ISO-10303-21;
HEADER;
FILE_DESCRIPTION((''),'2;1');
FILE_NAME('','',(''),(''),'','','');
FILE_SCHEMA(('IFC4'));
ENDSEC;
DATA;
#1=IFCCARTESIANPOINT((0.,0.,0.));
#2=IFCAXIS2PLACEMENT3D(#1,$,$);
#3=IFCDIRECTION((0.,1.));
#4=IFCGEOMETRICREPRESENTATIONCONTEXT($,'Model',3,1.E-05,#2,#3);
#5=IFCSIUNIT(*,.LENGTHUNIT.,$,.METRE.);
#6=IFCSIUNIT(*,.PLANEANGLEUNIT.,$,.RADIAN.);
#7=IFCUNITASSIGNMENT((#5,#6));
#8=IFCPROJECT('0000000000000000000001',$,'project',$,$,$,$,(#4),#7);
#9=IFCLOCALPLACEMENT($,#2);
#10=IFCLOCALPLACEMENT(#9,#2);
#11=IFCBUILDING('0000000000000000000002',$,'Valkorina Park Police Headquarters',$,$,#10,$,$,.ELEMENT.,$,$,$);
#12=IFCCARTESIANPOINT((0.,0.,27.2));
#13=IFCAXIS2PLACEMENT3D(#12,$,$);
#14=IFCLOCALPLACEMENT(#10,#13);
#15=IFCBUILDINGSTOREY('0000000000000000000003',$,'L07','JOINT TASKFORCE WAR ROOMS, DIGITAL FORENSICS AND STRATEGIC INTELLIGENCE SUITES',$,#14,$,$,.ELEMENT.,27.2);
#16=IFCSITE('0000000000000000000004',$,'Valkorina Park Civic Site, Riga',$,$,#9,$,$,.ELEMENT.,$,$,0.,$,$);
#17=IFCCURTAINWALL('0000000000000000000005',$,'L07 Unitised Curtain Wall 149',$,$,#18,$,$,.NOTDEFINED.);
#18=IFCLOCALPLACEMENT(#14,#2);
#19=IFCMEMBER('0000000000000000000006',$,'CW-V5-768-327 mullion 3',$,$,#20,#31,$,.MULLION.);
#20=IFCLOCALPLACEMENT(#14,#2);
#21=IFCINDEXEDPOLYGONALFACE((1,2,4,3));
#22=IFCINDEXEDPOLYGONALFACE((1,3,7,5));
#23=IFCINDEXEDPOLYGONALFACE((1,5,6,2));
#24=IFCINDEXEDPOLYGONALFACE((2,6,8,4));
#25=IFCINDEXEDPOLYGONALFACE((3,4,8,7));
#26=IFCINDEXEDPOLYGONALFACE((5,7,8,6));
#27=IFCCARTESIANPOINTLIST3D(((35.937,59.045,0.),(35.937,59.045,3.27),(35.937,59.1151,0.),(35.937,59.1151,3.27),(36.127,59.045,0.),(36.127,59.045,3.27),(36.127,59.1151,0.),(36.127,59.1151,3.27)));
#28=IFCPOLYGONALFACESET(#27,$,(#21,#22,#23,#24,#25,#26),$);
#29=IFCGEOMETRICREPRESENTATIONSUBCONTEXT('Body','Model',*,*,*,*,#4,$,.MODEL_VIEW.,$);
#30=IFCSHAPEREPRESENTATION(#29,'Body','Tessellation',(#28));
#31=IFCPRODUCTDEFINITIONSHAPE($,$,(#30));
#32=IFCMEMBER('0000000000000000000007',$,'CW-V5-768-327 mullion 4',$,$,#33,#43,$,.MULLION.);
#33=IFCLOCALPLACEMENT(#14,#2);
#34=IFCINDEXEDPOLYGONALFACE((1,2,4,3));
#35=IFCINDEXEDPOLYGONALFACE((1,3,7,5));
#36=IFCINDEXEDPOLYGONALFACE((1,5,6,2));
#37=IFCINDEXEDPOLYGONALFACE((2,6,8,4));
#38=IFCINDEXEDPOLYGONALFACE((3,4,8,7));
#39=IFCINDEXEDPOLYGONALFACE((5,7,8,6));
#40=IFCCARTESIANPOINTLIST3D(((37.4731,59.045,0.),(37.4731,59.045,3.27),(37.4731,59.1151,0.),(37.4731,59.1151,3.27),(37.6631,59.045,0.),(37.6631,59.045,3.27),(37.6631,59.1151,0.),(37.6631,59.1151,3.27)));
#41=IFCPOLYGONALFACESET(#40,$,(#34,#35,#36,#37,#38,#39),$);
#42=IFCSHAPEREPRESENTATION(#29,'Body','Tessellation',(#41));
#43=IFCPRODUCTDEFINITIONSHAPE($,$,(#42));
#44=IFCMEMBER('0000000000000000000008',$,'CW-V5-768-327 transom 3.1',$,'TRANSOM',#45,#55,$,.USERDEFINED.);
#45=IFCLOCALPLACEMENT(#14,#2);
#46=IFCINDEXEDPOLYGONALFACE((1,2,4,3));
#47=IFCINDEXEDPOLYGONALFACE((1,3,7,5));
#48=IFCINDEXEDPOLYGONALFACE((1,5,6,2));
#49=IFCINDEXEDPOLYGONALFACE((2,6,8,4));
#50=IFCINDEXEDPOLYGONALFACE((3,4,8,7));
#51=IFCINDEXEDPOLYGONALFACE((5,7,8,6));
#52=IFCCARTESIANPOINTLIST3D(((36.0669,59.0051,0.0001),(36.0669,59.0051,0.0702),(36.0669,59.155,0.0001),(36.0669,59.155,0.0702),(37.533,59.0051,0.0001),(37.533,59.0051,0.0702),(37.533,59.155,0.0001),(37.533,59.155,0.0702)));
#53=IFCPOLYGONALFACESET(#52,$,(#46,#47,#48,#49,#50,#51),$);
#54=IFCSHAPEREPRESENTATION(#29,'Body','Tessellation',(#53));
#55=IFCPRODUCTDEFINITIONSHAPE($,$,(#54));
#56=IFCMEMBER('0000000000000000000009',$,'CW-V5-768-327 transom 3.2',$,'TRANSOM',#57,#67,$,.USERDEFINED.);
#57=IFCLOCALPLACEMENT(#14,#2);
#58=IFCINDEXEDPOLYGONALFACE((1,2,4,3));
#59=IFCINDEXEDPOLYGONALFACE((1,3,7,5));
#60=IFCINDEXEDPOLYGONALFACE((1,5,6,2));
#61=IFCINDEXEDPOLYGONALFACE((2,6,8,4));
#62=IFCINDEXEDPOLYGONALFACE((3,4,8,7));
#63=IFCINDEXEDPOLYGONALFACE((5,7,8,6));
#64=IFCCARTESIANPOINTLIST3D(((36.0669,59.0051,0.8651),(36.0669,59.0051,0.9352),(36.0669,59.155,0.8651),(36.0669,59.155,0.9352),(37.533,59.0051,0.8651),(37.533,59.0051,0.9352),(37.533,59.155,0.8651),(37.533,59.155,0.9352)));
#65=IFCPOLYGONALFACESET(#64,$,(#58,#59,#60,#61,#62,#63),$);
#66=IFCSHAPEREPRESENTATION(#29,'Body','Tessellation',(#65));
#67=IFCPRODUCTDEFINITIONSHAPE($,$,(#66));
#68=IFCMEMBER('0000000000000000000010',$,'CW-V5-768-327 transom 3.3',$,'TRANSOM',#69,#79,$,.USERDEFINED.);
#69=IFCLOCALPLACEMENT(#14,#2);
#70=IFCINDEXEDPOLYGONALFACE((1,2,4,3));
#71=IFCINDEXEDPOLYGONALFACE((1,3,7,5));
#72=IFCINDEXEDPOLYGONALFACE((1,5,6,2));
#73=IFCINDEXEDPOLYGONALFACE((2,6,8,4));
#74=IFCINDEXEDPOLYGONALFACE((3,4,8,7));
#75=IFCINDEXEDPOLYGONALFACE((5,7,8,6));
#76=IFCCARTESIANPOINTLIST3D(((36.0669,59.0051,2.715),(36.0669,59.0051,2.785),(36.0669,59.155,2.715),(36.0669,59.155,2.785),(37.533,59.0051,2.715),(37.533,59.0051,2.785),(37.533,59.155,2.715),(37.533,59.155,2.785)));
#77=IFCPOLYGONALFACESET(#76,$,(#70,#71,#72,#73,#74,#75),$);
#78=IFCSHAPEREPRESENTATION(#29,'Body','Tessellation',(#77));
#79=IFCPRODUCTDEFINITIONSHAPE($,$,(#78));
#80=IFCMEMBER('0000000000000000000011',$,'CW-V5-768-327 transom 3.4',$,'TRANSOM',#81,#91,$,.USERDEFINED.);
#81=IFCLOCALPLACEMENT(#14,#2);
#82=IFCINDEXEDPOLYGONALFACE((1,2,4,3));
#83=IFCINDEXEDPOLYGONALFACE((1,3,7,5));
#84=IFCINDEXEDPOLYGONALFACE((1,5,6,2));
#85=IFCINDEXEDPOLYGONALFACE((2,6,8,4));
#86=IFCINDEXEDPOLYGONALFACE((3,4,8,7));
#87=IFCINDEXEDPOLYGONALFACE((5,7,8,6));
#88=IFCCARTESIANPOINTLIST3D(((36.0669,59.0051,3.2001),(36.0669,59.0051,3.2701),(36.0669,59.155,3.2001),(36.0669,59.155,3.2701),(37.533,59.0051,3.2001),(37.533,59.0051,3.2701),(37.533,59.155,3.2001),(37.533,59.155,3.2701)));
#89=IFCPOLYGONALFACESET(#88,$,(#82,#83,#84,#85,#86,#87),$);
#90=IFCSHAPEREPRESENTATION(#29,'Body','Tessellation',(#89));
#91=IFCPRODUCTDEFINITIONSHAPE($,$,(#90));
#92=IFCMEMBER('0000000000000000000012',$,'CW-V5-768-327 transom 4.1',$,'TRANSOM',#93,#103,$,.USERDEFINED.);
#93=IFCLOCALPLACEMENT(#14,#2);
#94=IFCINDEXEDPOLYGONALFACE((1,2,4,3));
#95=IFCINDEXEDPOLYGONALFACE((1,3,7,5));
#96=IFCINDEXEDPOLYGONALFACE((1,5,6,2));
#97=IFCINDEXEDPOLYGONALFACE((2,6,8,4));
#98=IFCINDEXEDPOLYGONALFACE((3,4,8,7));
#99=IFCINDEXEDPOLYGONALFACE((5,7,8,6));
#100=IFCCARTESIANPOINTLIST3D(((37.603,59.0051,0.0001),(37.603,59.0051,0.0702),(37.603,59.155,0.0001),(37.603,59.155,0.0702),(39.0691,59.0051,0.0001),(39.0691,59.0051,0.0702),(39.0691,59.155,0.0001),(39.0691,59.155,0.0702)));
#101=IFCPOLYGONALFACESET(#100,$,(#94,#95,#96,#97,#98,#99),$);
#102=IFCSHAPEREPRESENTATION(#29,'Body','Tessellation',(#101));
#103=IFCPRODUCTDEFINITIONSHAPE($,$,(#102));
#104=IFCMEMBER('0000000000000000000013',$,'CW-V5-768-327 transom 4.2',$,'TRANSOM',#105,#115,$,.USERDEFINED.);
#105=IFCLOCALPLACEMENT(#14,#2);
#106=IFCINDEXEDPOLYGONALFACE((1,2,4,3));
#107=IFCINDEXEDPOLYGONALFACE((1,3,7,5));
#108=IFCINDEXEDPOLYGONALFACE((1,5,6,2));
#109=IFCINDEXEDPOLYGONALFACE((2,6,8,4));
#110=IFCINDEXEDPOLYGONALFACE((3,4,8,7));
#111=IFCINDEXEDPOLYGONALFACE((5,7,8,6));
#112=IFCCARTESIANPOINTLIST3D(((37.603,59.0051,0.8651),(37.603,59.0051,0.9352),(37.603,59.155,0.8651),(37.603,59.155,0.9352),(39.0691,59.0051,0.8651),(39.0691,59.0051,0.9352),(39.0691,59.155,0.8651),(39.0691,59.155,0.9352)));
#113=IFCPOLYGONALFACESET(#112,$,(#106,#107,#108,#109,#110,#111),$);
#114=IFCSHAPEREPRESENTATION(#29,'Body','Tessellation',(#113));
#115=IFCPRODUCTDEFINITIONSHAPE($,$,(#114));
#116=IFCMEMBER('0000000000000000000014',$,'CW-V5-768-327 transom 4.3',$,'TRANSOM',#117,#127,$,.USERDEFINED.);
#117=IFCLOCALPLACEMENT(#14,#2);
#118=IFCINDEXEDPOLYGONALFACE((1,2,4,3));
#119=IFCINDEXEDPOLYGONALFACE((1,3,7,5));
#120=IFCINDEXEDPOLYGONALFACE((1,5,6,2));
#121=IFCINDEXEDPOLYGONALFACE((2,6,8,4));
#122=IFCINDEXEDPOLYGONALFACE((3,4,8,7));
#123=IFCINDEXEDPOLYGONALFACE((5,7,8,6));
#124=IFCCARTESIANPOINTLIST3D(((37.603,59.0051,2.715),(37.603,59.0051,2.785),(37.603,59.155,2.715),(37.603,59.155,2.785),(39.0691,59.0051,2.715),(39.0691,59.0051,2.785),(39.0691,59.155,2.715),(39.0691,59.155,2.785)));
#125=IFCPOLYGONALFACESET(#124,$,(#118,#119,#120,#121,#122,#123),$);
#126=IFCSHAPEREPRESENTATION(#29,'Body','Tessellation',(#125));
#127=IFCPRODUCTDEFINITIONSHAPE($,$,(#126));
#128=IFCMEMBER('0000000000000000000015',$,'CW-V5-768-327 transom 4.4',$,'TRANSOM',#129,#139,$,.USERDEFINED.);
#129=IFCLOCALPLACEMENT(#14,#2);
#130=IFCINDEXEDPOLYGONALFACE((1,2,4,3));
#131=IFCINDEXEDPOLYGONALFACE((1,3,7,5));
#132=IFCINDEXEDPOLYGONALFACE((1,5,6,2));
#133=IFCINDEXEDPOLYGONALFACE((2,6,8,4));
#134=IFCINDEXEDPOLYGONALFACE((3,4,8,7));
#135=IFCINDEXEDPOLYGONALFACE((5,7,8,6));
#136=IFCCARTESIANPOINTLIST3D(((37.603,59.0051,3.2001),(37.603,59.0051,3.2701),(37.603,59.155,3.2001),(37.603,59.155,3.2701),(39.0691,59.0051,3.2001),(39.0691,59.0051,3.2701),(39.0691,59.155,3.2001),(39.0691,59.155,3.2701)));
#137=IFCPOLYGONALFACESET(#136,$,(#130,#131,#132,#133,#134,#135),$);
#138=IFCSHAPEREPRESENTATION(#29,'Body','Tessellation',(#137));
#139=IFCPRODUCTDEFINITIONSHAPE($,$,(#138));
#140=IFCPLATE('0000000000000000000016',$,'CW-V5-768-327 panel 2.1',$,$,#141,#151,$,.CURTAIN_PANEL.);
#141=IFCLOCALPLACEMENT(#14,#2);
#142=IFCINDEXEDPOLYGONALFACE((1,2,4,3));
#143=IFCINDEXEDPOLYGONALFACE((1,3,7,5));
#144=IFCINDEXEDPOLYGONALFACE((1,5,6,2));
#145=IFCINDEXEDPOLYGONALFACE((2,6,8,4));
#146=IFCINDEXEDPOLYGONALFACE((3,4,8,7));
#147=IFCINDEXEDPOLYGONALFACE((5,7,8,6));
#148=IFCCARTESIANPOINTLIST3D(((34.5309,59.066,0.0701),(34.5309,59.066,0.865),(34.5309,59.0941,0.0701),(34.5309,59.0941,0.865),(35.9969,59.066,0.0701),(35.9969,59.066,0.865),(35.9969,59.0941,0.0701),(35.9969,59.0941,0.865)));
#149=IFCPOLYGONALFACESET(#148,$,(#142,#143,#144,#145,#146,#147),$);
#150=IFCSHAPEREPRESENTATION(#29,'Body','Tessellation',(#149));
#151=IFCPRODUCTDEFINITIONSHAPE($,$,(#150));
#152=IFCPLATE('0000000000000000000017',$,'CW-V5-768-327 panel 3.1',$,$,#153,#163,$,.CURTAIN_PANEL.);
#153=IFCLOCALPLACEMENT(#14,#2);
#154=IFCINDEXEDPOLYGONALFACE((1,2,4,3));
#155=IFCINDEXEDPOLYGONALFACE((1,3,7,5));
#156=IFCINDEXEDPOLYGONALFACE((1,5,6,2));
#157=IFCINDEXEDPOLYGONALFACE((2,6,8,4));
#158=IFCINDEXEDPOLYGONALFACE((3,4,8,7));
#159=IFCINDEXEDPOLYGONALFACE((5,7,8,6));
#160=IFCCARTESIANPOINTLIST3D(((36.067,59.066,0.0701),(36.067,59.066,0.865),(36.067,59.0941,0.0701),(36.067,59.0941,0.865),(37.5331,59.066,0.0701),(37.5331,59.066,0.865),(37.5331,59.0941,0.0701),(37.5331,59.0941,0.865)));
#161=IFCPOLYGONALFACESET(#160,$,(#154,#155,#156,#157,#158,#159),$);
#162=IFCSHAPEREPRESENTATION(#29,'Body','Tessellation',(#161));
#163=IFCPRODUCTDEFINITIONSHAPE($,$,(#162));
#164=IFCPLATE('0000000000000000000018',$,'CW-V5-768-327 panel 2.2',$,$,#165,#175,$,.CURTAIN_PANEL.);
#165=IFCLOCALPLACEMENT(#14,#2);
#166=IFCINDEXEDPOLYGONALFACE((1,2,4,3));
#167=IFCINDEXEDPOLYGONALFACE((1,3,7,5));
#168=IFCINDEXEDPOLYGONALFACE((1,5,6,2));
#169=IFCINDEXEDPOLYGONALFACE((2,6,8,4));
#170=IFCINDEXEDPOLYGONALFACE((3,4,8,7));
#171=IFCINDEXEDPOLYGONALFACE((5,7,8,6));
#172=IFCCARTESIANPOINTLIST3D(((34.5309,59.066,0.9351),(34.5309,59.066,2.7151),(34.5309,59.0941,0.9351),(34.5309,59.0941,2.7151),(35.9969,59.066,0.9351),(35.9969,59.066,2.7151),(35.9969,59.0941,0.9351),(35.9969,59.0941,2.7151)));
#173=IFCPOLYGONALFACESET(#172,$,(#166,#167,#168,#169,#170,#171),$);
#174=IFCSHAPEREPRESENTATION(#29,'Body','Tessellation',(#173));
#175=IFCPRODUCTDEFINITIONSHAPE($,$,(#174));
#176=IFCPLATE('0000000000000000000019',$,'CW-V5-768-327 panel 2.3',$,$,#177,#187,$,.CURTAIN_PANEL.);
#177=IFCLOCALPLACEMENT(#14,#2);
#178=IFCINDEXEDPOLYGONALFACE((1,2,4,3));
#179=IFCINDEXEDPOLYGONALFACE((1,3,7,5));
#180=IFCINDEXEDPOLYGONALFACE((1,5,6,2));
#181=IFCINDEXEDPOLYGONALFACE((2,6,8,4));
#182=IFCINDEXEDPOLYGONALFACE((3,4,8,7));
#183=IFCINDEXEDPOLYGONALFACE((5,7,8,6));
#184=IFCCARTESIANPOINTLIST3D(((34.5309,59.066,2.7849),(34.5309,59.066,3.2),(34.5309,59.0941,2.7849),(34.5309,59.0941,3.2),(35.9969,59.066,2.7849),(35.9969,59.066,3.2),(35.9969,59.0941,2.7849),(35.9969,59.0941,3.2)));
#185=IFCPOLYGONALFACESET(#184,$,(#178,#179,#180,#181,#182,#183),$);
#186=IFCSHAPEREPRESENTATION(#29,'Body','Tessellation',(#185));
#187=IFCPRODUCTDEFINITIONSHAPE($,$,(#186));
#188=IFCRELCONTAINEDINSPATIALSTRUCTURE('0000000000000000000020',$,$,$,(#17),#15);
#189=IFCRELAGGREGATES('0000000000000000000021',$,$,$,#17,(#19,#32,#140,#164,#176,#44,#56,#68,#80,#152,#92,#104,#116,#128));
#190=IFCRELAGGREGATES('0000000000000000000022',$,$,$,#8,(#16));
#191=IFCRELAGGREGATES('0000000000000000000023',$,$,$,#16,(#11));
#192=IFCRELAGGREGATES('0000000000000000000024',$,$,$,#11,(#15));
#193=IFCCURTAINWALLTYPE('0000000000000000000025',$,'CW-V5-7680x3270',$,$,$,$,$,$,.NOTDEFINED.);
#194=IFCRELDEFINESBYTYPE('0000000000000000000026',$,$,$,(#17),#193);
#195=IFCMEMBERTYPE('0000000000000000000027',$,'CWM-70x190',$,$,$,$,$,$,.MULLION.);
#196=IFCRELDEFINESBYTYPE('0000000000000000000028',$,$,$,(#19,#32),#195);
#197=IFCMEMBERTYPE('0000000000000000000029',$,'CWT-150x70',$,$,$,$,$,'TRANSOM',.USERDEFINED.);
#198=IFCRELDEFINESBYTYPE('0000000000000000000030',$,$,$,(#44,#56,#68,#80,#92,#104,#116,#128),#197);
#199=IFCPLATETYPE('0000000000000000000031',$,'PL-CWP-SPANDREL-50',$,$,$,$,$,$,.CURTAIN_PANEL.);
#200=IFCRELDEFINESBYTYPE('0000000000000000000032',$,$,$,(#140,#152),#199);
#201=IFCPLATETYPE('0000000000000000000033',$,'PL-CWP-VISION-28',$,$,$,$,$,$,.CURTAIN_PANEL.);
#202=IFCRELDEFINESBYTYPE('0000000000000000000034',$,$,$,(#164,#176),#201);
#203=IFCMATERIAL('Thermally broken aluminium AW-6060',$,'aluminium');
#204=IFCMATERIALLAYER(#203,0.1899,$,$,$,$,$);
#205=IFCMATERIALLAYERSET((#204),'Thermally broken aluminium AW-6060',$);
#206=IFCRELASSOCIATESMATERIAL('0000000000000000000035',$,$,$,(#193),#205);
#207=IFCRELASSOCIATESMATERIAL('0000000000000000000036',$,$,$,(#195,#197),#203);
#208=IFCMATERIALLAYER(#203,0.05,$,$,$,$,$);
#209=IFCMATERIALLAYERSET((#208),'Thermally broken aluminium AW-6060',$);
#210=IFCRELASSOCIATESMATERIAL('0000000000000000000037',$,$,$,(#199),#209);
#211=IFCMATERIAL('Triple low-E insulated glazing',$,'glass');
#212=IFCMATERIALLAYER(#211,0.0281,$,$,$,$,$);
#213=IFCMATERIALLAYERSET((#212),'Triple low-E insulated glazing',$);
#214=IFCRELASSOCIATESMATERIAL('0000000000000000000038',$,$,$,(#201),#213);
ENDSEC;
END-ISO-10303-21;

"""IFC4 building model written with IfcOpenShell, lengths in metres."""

from ifc_helpers import new_model, si_unit, direction, frame, origin, origin_2d, place, context, subcontext, project, spatial, rectangle, extrude, material, layer, layer_set, material_profile, profile_set, type_object, element, aggregate, save


model = new_model("IFC4")

# Units and contexts
model_context = context("Model", 3, precision=1e-05, world=origin(), true_north=direction((0.0, 1.0)))
body_context = subcontext(model_context, "Body", "Model", "MODEL_VIEW")
ifc_project = project(units=[si_unit("LENGTHUNIT", "METRE"), si_unit("PLANEANGLEUNIT", "RADIAN")], contexts=[model_context])

# Site, building, storey
site_placement = place(None, origin())
site = spatial("IfcSite", under=ifc_project, at=site_placement, Name="Valkorina Park Civic Site, Riga", CompositionType="ELEMENT", RefElevation=0.0)
building_placement = place(site_placement, origin())
building = spatial("IfcBuilding", under=site, at=building_placement, Name="Valkorina Park Police Headquarters", CompositionType="ELEMENT")
storey_placement = place(building_placement, frame((0.0, 0.0, 27.2)))
storey = spatial("IfcBuildingStorey", under=building, at=storey_placement, Name="L07", Description="JOINT TASKFORCE WAR ROOMS, DIGITAL FORENSICS AND STRATEGIC INTELLIGENCE SUITES", CompositionType="ELEMENT", Elevation=27.2)

# Curtain wall, members, plates
ifc_material_1 = material(Name="Thermally broken aluminium AW-6060", Category="aluminium")
ifc_layer_1 = layer(ifc_material_1, 0.1899)
ifc_layer_set_1 = layer_set([ifc_layer_1], Name="Thermally broken aluminium AW-6060")
curtain_wall_type = type_object("IfcCurtainWallType", Name="CW-V5-7680x3270", PredefinedType="NOTDEFINED", material=ifc_layer_set_1)
curtain_wall_placement = place(storey_placement, origin())
curtain_wall = element("IfcCurtainWall", 1, at=curtain_wall_placement, inside=storey, type_object=curtain_wall_type, Name="L07 Unitised Curtain Wall 149", PredefinedType="NOTDEFINED")
ifc_material_profile_1 = material_profile(ifc_material_1, rectangle(XDim=0.0701, YDim=0.1899, at=origin_2d()), Name="CWM-02 70x190")
ifc_profile_set_1 = profile_set([ifc_material_profile_1], Name="Thermally broken aluminium AW-6060")
member_type_1 = type_object("IfcMemberType", Name="CWM-70x190", PredefinedType="MULLION", material=ifc_profile_set_1)
member_1_placement = place(storey_placement, frame((36.032, 59.0801, 0.0), z_axis=(0.0, 0.0, 1.0), x_axis=(0.0, 1.0, 0.0)))
member_1 = element("IfcMember", 2, at=member_1_placement, type_object=member_type_1, Name="CW-V5-768-327 mullion 3", PredefinedType="MULLION", context=body_context, shape_type="SweptSolid", body=[
    extrude(rectangle(XDim=0.0701, YDim=0.1899, at=origin_2d()), origin(), (0.0, 0.0, 1.0), 3.27),
])
member_2_placement = place(storey_placement, frame((37.5681, 59.0801, 0.0), z_axis=(0.0, 0.0, 1.0), x_axis=(0.0, 1.0, 0.0)))
member_2 = element("IfcMember", 3, at=member_2_placement, type_object=member_type_1, Name="CW-V5-768-327 mullion 4", PredefinedType="MULLION", context=body_context, shape_type="SweptSolid", body=[
    extrude(rectangle(XDim=0.0701, YDim=0.1899, at=origin_2d()), origin(), (0.0, 0.0, 1.0), 3.27),
])
ifc_material_profile_2 = material_profile(ifc_material_1, rectangle(XDim=0.1499, YDim=0.0701, at=origin_2d()), Name="CWT-02 150x70")
ifc_profile_set_2 = profile_set([ifc_material_profile_2], Name="Thermally broken aluminium AW-6060")
member_type_2 = type_object("IfcMemberType", Name="CWT-150x70", ElementType="TRANSOM", PredefinedType="USERDEFINED", material=ifc_profile_set_2)
member_3_placement = place(storey_placement, frame((36.0669, 59.0801, 0.0352), z_axis=(1.0, 0.0, 0.0), x_axis=(0.0, 1.0, 0.0)))
member_3 = element("IfcMember", 4, at=member_3_placement, type_object=member_type_2, Name="CW-V5-768-327 transom 3.1", ObjectType="TRANSOM", PredefinedType="USERDEFINED", context=body_context, shape_type="SweptSolid", body=[
    extrude(rectangle(XDim=0.1499, YDim=0.0701, at=origin_2d()), origin(), (0.0, 0.0, 1.0), 1.4661),
])
member_4_placement = place(storey_placement, frame((36.0669, 59.0801, 0.9001), z_axis=(1.0, 0.0, 0.0), x_axis=(0.0, 1.0, 0.0)))
member_4 = element("IfcMember", 5, at=member_4_placement, type_object=member_type_2, Name="CW-V5-768-327 transom 3.2", ObjectType="TRANSOM", PredefinedType="USERDEFINED", context=body_context, shape_type="SweptSolid", body=[
    extrude(rectangle(XDim=0.1499, YDim=0.0701, at=origin_2d()), origin(), (0.0, 0.0, 1.0), 1.4661),
])
member_5_placement = place(storey_placement, frame((36.0669, 59.0801, 2.75), z_axis=(1.0, 0.0, 0.0), x_axis=(0.0, 1.0, 0.0)))
member_5 = element("IfcMember", 6, at=member_5_placement, type_object=member_type_2, Name="CW-V5-768-327 transom 3.3", ObjectType="TRANSOM", PredefinedType="USERDEFINED", context=body_context, shape_type="SweptSolid", body=[
    extrude(rectangle(XDim=0.1499, YDim=0.0701, at=origin_2d()), origin(), (0.0, 0.0, 1.0), 1.4661),
])
member_6_placement = place(storey_placement, frame((36.0669, 59.0801, 3.2351), z_axis=(1.0, 0.0, 0.0), x_axis=(0.0, 1.0, 0.0)))
member_6 = element("IfcMember", 7, at=member_6_placement, type_object=member_type_2, Name="CW-V5-768-327 transom 3.4", ObjectType="TRANSOM", PredefinedType="USERDEFINED", context=body_context, shape_type="SweptSolid", body=[
    extrude(rectangle(XDim=0.1499, YDim=0.0701, at=origin_2d()), origin(), (0.0, 0.0, 1.0), 1.4661),
])
member_7_placement = place(storey_placement, frame((37.603, 59.0801, 0.0352), z_axis=(1.0, 0.0, 0.0), x_axis=(0.0, 1.0, 0.0)))
member_7 = element("IfcMember", 8, at=member_7_placement, type_object=member_type_2, Name="CW-V5-768-327 transom 4.1", ObjectType="TRANSOM", PredefinedType="USERDEFINED", context=body_context, shape_type="SweptSolid", body=[
    extrude(rectangle(XDim=0.1499, YDim=0.0701, at=origin_2d()), origin(), (0.0, 0.0, 1.0), 1.4661),
])
member_8_placement = place(storey_placement, frame((37.603, 59.0801, 0.9001), z_axis=(1.0, 0.0, 0.0), x_axis=(0.0, 1.0, 0.0)))
member_8 = element("IfcMember", 9, at=member_8_placement, type_object=member_type_2, Name="CW-V5-768-327 transom 4.2", ObjectType="TRANSOM", PredefinedType="USERDEFINED", context=body_context, shape_type="SweptSolid", body=[
    extrude(rectangle(XDim=0.1499, YDim=0.0701, at=origin_2d()), origin(), (0.0, 0.0, 1.0), 1.4661),
])
member_9_placement = place(storey_placement, frame((37.603, 59.0801, 2.75), z_axis=(1.0, 0.0, 0.0), x_axis=(0.0, 1.0, 0.0)))
member_9 = element("IfcMember", 10, at=member_9_placement, type_object=member_type_2, Name="CW-V5-768-327 transom 4.3", ObjectType="TRANSOM", PredefinedType="USERDEFINED", context=body_context, shape_type="SweptSolid", body=[
    extrude(rectangle(XDim=0.1499, YDim=0.0701, at=origin_2d()), origin(), (0.0, 0.0, 1.0), 1.4661),
])
member_10_placement = place(storey_placement, frame((37.603, 59.0801, 3.2351), z_axis=(1.0, 0.0, 0.0), x_axis=(0.0, 1.0, 0.0)))
member_10 = element("IfcMember", 11, at=member_10_placement, type_object=member_type_2, Name="CW-V5-768-327 transom 4.4", ObjectType="TRANSOM", PredefinedType="USERDEFINED", context=body_context, shape_type="SweptSolid", body=[
    extrude(rectangle(XDim=0.1499, YDim=0.0701, at=origin_2d()), origin(), (0.0, 0.0, 1.0), 1.4661),
])
ifc_layer_2 = layer(ifc_material_1, 0.05)
ifc_layer_set_2 = layer_set([ifc_layer_2], Name="Thermally broken aluminium AW-6060")
plate_type_1 = type_object("IfcPlateType", Name="PL-CWP-SPANDREL-50", PredefinedType="CURTAIN_PANEL", material=ifc_layer_set_2)
plate_1_placement = place(storey_placement, frame((35.2639, 59.0801, 0.0701), z_axis=(0.0, 0.0, 1.0), x_axis=(1.0, 0.0, 0.0)))
plate_1 = element("IfcPlate", 12, at=plate_1_placement, type_object=plate_type_1, Name="CW-V5-768-327 panel 2.1", PredefinedType="CURTAIN_PANEL", context=body_context, shape_type="SweptSolid", body=[
    extrude(rectangle(XDim=1.4661, YDim=0.0281, at=origin_2d()), origin(), (0.0, 0.0, 1.0), 0.7949),
])
plate_2_placement = place(storey_placement, frame((36.8, 59.0801, 0.0701), z_axis=(0.0, 0.0, 1.0), x_axis=(1.0, 0.0, 0.0)))
plate_2 = element("IfcPlate", 13, at=plate_2_placement, type_object=plate_type_1, Name="CW-V5-768-327 panel 3.1", PredefinedType="CURTAIN_PANEL", context=body_context, shape_type="SweptSolid", body=[
    extrude(rectangle(XDim=1.4661, YDim=0.0281, at=origin_2d()), origin(), (0.0, 0.0, 1.0), 0.7949),
])
ifc_material_2 = material(Name="Triple low-E insulated glazing", Category="glass")
ifc_layer_3 = layer(ifc_material_2, 0.0281)
ifc_layer_set_3 = layer_set([ifc_layer_3], Name="Triple low-E insulated glazing")
plate_type_2 = type_object("IfcPlateType", Name="PL-CWP-VISION-28", PredefinedType="CURTAIN_PANEL", material=ifc_layer_set_3)
plate_3_placement = place(storey_placement, frame((35.2639, 59.0801, 0.9351), z_axis=(0.0, 0.0, 1.0), x_axis=(1.0, 0.0, 0.0)))
plate_3 = element("IfcPlate", 14, at=plate_3_placement, type_object=plate_type_2, Name="CW-V5-768-327 panel 2.2", PredefinedType="CURTAIN_PANEL", context=body_context, shape_type="SweptSolid", body=[
    extrude(rectangle(XDim=1.4661, YDim=0.0281, at=origin_2d()), origin(), (0.0, 0.0, 1.0), 1.78),
])
plate_4_placement = place(storey_placement, frame((35.2639, 59.0801, 2.7849), z_axis=(0.0, 0.0, 1.0), x_axis=(1.0, 0.0, 0.0)))
plate_4 = element("IfcPlate", 15, at=plate_4_placement, type_object=plate_type_2, Name="CW-V5-768-327 panel 2.3", PredefinedType="CURTAIN_PANEL", context=body_context, shape_type="SweptSolid", body=[
    extrude(rectangle(XDim=1.4661, YDim=0.0281, at=origin_2d()), origin(), (0.0, 0.0, 1.0), 0.415),
])
aggregate(curtain_wall, [member_1, member_2, plate_1, plate_3, plate_4, member_3, member_4, member_5, member_6, plate_2, member_7, member_8, member_9, member_10])

save(model, "model.ifc")
